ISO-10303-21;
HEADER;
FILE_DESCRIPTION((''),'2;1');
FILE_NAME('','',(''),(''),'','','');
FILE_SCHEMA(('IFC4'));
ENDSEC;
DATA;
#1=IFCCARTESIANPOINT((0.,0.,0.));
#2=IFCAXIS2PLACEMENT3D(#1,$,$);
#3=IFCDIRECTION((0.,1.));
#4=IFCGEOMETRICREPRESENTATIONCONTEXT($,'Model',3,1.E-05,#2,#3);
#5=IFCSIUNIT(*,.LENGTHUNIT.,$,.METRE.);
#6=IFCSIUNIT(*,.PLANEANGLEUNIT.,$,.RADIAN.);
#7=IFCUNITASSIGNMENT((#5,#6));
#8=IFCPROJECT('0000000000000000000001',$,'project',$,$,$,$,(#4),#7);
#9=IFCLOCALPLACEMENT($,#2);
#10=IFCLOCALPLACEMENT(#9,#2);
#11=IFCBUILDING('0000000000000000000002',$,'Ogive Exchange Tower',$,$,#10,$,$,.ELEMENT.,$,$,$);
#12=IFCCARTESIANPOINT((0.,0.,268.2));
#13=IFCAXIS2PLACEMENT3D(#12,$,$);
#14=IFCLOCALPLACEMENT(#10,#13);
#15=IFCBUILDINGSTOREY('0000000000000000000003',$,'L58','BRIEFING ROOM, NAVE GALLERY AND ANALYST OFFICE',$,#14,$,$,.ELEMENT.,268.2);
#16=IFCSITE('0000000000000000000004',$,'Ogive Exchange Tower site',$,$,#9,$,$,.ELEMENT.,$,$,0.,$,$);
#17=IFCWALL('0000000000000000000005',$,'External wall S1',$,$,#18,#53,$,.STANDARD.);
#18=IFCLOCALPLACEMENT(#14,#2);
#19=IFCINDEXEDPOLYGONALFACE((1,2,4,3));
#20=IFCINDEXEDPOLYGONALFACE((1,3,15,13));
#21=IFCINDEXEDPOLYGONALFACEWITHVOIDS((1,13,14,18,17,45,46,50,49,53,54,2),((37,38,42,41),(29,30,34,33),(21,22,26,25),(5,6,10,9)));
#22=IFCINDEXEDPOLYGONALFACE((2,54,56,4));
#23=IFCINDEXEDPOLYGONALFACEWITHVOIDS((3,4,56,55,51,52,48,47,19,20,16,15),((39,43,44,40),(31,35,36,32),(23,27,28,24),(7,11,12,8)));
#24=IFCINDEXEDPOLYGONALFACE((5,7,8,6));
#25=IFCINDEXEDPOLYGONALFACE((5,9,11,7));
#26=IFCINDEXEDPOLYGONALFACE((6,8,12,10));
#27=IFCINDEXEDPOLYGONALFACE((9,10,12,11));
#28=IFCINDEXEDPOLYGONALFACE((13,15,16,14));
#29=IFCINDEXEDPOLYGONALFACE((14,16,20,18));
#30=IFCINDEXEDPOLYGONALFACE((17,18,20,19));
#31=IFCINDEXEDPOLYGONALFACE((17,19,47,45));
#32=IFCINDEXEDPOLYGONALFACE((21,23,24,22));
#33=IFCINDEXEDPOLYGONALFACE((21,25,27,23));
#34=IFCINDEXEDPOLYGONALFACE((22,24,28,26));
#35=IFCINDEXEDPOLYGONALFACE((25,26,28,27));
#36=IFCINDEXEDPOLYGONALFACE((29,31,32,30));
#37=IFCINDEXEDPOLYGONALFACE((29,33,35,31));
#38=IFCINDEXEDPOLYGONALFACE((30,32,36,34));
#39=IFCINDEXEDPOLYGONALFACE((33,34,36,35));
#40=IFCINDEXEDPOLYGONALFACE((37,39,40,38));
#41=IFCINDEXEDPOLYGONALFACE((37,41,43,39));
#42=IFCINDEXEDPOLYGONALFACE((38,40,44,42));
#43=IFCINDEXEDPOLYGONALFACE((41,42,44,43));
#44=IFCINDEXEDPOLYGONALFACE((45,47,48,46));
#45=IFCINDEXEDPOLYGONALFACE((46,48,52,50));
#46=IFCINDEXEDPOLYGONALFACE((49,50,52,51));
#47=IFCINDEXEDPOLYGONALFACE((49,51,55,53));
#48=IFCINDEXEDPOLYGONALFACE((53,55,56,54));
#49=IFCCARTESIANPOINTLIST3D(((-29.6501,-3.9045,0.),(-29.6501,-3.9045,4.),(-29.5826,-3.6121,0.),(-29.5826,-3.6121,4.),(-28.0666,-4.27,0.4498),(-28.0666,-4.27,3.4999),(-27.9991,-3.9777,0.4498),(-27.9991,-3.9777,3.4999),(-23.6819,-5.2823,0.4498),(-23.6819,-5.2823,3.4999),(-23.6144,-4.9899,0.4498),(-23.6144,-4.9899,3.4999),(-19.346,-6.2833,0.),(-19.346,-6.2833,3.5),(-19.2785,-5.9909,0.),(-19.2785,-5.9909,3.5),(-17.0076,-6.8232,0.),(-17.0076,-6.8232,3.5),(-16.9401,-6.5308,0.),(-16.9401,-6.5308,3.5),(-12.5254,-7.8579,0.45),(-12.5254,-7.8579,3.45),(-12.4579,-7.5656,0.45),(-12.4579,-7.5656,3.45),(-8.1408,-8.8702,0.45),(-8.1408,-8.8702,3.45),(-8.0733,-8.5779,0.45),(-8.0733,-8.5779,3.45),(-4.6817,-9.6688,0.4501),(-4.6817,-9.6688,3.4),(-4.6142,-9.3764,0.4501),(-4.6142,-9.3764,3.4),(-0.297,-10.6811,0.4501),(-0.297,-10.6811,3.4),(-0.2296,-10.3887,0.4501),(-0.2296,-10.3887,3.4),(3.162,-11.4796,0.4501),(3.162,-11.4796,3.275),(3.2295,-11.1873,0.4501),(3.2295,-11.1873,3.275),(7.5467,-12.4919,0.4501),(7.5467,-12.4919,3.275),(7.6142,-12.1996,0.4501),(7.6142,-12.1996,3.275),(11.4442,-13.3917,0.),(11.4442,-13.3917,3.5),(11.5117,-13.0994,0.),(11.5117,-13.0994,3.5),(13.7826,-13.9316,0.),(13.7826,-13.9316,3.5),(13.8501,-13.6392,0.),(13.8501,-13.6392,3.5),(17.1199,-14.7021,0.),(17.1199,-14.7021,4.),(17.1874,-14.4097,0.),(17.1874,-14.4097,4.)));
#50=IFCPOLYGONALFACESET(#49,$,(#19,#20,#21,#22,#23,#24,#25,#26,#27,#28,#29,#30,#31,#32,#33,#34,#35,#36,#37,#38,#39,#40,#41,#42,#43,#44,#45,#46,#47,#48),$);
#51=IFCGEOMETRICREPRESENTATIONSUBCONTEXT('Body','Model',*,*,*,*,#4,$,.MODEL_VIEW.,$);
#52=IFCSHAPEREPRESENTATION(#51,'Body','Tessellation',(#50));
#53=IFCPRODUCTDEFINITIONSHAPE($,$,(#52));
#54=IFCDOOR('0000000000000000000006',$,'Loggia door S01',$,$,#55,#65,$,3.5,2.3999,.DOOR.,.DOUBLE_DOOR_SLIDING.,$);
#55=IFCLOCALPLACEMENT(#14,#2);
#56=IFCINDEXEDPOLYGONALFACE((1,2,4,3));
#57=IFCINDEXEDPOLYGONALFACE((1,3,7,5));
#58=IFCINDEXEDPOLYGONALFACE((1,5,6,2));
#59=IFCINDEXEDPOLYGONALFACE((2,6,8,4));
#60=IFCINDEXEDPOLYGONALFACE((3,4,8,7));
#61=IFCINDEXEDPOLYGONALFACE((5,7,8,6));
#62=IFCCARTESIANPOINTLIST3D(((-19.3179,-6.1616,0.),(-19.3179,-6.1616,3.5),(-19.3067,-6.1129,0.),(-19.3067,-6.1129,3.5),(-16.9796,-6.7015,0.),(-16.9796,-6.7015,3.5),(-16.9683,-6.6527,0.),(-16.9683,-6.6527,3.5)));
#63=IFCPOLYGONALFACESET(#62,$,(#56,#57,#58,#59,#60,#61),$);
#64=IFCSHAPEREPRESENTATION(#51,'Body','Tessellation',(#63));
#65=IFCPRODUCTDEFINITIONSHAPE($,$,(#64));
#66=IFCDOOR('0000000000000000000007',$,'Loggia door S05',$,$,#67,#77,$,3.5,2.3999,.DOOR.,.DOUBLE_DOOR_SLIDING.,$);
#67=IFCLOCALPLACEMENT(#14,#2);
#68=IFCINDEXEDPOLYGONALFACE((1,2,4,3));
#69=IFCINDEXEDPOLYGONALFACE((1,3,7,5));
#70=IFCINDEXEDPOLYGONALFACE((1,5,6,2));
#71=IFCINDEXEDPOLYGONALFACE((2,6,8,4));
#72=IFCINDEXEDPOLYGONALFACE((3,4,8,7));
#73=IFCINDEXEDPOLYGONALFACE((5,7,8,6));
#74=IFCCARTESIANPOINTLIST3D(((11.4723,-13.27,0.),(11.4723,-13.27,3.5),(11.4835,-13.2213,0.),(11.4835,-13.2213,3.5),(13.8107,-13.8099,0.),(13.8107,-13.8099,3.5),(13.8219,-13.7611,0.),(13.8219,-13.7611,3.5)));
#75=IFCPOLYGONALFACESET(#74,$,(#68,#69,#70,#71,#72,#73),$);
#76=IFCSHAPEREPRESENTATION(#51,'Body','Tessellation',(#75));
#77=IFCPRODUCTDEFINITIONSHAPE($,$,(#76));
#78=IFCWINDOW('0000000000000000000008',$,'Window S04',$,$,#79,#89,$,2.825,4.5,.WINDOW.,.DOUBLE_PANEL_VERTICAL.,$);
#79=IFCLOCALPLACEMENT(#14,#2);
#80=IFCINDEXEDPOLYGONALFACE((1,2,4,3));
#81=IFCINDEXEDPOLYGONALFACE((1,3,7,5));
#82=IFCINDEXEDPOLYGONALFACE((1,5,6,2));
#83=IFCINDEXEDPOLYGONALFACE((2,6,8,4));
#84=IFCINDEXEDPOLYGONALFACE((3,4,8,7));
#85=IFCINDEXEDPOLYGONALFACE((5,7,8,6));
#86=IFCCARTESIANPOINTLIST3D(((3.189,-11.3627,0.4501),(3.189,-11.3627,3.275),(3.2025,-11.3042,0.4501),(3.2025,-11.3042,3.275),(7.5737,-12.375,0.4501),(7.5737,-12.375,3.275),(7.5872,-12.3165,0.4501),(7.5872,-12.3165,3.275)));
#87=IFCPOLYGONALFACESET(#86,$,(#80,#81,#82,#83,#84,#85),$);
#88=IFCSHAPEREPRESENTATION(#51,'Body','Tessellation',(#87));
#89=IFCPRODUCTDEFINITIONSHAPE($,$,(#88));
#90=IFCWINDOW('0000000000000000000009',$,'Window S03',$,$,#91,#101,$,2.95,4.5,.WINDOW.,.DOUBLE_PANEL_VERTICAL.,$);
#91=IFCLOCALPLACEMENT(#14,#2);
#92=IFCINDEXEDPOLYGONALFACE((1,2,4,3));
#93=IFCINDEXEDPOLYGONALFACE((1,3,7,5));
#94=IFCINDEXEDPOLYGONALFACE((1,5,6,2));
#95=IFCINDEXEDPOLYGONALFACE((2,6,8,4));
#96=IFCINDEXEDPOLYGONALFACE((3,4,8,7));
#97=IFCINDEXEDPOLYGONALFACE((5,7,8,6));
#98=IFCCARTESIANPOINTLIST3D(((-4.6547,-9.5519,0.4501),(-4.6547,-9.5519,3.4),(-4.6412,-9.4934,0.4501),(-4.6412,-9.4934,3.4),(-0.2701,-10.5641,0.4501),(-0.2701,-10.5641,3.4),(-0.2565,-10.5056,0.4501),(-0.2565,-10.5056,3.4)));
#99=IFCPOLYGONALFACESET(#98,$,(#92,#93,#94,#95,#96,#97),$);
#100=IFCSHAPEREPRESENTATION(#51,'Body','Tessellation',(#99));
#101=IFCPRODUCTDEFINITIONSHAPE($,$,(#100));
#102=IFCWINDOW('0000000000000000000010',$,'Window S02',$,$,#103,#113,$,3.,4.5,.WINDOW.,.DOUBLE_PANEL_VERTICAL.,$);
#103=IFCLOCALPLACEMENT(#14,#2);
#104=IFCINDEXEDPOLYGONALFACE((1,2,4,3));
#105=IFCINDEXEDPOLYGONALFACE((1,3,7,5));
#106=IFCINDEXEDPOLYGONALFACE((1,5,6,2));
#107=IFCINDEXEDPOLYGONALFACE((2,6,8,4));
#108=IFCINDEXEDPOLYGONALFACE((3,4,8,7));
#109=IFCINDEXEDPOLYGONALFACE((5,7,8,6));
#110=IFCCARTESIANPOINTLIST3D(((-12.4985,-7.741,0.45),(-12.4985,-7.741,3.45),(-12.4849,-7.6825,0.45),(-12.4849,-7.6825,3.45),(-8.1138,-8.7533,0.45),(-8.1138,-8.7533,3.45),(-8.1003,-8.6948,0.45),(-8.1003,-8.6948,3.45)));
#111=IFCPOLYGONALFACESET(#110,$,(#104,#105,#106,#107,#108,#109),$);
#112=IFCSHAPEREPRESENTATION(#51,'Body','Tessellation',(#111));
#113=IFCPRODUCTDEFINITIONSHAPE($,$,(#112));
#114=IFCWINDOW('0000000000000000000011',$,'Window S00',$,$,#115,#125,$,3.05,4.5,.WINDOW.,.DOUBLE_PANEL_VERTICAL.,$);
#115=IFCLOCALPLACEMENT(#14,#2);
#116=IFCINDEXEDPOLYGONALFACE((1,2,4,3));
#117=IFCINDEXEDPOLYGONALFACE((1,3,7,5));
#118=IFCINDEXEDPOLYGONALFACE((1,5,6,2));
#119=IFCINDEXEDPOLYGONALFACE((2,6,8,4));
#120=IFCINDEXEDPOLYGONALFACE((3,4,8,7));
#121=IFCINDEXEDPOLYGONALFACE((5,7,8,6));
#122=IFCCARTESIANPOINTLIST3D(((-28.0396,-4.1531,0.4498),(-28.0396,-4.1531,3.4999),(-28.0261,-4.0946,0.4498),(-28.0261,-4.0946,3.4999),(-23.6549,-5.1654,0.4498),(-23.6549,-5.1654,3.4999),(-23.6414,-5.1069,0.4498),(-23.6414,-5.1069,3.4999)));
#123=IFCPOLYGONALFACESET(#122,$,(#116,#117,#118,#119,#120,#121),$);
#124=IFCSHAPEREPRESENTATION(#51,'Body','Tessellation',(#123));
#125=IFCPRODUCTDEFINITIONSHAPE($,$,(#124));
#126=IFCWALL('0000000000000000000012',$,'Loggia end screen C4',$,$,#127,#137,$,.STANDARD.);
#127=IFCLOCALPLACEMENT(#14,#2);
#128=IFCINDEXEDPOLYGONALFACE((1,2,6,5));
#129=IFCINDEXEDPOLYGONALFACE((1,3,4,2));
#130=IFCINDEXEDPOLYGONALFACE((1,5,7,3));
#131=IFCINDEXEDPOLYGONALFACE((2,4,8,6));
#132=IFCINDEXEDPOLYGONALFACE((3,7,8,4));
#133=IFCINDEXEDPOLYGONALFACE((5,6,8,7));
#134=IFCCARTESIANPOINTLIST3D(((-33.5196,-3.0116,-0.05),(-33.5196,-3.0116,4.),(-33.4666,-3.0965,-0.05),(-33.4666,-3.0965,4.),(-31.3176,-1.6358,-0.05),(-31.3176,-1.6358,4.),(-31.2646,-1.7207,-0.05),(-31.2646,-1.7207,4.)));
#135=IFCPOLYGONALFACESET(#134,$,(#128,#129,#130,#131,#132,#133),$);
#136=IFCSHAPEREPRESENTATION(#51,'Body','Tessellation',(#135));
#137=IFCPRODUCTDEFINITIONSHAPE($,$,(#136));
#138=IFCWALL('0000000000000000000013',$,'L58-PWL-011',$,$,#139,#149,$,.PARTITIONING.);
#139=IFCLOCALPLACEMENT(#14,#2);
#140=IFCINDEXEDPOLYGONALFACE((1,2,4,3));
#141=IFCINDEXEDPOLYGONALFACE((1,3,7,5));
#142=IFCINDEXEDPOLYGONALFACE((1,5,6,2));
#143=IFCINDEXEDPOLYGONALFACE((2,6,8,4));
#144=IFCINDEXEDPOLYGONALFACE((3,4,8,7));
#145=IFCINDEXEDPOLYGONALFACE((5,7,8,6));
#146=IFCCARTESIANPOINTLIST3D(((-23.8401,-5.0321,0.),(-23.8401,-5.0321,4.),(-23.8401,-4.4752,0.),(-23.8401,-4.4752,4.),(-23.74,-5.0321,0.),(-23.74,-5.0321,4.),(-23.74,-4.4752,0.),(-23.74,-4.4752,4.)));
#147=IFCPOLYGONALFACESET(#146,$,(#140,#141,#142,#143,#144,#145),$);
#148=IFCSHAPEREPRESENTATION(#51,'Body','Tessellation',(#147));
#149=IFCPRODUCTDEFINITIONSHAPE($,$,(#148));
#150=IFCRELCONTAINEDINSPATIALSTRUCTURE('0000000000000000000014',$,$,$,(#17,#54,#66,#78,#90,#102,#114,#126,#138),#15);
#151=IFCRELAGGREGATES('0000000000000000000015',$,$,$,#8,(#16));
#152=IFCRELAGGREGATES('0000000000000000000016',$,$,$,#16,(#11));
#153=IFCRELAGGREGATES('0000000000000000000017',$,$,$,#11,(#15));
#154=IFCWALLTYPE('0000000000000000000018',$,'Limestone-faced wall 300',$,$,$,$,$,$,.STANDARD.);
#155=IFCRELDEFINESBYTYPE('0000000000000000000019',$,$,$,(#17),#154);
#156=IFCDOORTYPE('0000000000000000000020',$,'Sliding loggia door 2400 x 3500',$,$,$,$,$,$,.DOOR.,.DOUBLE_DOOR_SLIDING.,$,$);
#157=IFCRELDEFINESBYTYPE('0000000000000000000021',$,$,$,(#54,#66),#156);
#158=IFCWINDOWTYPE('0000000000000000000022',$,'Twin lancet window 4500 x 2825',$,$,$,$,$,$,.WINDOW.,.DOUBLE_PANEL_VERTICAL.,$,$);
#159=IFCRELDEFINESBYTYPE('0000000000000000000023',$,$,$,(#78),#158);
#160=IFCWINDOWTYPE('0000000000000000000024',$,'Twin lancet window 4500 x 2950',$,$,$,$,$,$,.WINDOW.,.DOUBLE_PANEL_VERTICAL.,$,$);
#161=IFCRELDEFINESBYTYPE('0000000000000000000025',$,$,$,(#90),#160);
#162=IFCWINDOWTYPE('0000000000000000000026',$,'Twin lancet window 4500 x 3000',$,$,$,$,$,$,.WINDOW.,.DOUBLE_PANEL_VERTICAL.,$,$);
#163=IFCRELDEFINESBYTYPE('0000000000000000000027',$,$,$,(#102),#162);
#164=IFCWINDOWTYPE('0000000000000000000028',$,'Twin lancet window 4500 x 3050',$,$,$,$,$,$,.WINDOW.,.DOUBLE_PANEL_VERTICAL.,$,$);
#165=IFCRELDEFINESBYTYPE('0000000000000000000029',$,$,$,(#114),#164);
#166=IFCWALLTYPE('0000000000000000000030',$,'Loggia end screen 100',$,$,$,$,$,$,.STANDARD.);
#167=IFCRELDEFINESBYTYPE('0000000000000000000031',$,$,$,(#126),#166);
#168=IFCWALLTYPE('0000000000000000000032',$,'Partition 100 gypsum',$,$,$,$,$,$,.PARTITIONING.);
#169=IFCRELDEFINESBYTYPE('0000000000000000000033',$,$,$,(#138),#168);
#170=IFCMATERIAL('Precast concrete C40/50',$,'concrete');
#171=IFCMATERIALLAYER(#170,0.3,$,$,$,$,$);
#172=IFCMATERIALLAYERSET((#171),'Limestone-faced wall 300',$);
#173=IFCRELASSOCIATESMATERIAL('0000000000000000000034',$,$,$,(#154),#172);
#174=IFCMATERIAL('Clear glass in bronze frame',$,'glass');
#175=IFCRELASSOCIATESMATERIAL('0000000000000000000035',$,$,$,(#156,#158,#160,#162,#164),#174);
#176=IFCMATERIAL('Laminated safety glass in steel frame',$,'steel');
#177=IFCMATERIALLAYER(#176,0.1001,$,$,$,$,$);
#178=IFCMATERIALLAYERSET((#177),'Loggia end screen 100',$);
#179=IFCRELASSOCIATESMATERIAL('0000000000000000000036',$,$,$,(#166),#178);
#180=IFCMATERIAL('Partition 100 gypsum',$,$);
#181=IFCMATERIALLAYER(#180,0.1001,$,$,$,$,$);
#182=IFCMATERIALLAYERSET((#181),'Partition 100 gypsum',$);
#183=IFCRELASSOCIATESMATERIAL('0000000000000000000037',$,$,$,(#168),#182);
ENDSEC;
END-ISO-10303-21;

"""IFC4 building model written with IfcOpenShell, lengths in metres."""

from ifc_helpers import new_model, si_unit, direction, frame, frame_2d, origin, place, context, subcontext, project, spatial, rectangle, extrude, material, layer, layer_set, type_object, element, fill, save


model = new_model("IFC4")

# Units and contexts
model_context = context("Model", 3, precision=1e-05, world=origin(), true_north=direction((0.0, 1.0)))
body_context = subcontext(model_context, "Body", "Model", "MODEL_VIEW")
ifc_project = project(units=[si_unit("LENGTHUNIT", "METRE"), si_unit("PLANEANGLEUNIT", "RADIAN")], contexts=[model_context])

# Site, building, storey
site_placement = place(None, origin())
site = spatial("IfcSite", under=ifc_project, at=site_placement, Name="Ogive Exchange Tower site", CompositionType="ELEMENT", RefElevation=0.0)
building_placement = place(site_placement, origin())
building = spatial("IfcBuilding", under=site, at=building_placement, Name="Ogive Exchange Tower", CompositionType="ELEMENT")
storey_placement = place(building_placement, frame((0.0, 0.0, 268.2)))
storey = spatial("IfcBuildingStorey", under=building, at=storey_placement, Name="L58", Description="BRIEFING ROOM, NAVE GALLERY AND ANALYST OFFICE", CompositionType="ELEMENT", Elevation=268.2)

# Wall, openings, doors, windows
ifc_material_1 = material(Name="Precast concrete C40/50", Category="concrete")
ifc_layer_1 = layer(ifc_material_1, 0.3)
ifc_layer_set_1 = layer_set([ifc_layer_1], Name="Limestone-faced wall 300")
wall_type_1 = type_object("IfcWallType", Name="Limestone-faced wall 300", PredefinedType="STANDARD", material=ifc_layer_set_1)
wall_1_placement = place(storey_placement, frame((-29.6162, -3.7583, 0.0), z_axis=(0.0, 0.0, 1.0), x_axis=(0.974371, -0.224949, 0.0)))
wall_1 = element("IfcWall", 1, at=wall_1_placement, inside=storey, type_object=wall_type_1, Name="External wall S1", PredefinedType="STANDARD", context=body_context, shape_type="SweptSolid", body=[
    extrude(rectangle(XDim=48.0002, YDim=0.3, at=frame_2d((24.0, 0.0))), origin(), (0.0, 0.0, 1.0), 4.0),
])
opening_1_placement = place(wall_1_placement, frame((1.625, 0.0, 0.45)))
opening_1 = element("IfcOpeningElement", 2, at=opening_1_placement, cuts=wall_1, PredefinedType="OPENING", context=body_context, shape_type="SweptSolid", body=[
    extrude(rectangle(XDim=4.5, YDim=3.05, at=frame_2d((2.25, 1.5249))), frame((0.0, 0.1599, 0.0), z_axis=(0.0, -1.0, 0.0), x_axis=(1.0, 0.0, 0.0)), (0.0, 0.0, 1.0), 0.3201),
])
opening_2_placement = place(wall_1_placement, frame((10.575, 0.0, 0.0)))
opening_2 = element("IfcOpeningElement", 3, at=opening_2_placement, cuts=wall_1, PredefinedType="OPENING", context=body_context, shape_type="SweptSolid", body=[
    extrude(rectangle(XDim=2.3999, YDim=3.5, at=frame_2d((1.2, 1.75))), frame((0.0, 0.1599, 0.0), z_axis=(0.0, -1.0, 0.0), x_axis=(1.0, 0.0, 0.0)), (0.0, 0.0, 1.0), 0.3201),
])
opening_3_placement = place(wall_1_placement, frame((17.575, 0.0, 0.45)))
opening_3 = element("IfcOpeningElement", 4, at=opening_3_placement, cuts=wall_1, PredefinedType="OPENING", context=body_context, shape_type="SweptSolid", body=[
    extrude(rectangle(XDim=4.5, YDim=3.0, at=frame_2d((2.25, 1.5))), frame((0.0, 0.1599, 0.0), z_axis=(0.0, -1.0, 0.0), x_axis=(1.0, 0.0, 0.0)), (0.0, 0.0, 1.0), 0.3201),
])
opening_4_placement = place(wall_1_placement, frame((25.625, 0.0, 0.45)))
opening_4 = element("IfcOpeningElement", 5, at=opening_4_placement, cuts=wall_1, PredefinedType="OPENING", context=body_context, shape_type="SweptSolid", body=[
    extrude(rectangle(XDim=4.5, YDim=2.95, at=frame_2d((2.25, 1.4751))), frame((0.0, 0.1599, 0.0), z_axis=(0.0, -1.0, 0.0), x_axis=(1.0, 0.0, 0.0)), (0.0, 0.0, 1.0), 0.3201),
])
opening_5_placement = place(wall_1_placement, frame((33.675, 0.0, 0.45)))
opening_5 = element("IfcOpeningElement", 6, at=opening_5_placement, cuts=wall_1, PredefinedType="OPENING", context=body_context, shape_type="SweptSolid", body=[
    extrude(rectangle(XDim=4.5, YDim=2.825, at=frame_2d((2.25, 1.4126))), frame((0.0, 0.1599, 0.0), z_axis=(0.0, -1.0, 0.0), x_axis=(1.0, 0.0, 0.0)), (0.0, 0.0, 1.0), 0.3201),
])
opening_6_placement = place(wall_1_placement, frame((42.175, 0.0, 0.0)))
opening_6 = element("IfcOpeningElement", 7, at=opening_6_placement, cuts=wall_1, PredefinedType="OPENING", context=body_context, shape_type="SweptSolid", body=[
    extrude(rectangle(XDim=2.3999, YDim=3.5, at=frame_2d((1.2, 1.75))), frame((0.0, 0.1599, 0.0), z_axis=(0.0, -1.0, 0.0), x_axis=(1.0, 0.0, 0.0)), (0.0, 0.0, 1.0), 0.3201),
])
ifc_material_2 = material(Name="Clear glass in bronze frame", Category="glass")
door_type_1 = type_object("IfcDoorType", Name="Sliding loggia door 2400 x 3500", OperationType="DOUBLE_DOOR_SLIDING", PredefinedType="DOOR", material=ifc_material_2)
door_1_placement = place(opening_2_placement, origin())
door_1 = element("IfcDoor", 8, at=door_1_placement, inside=storey, type_object=door_type_1, Name="Loggia door S01", OperationType="DOUBLE_DOOR_SLIDING", OverallHeight=3.5, OverallWidth=2.3999, PredefinedType="DOOR", context=body_context, shape_type="SweptSolid", body=[
    extrude(rectangle(XDim=2.3999, YDim=3.5, at=frame_2d((1.2, 1.75))), frame((0.0, 0.0249, 0.0), z_axis=(0.0, -1.0, 0.0), x_axis=(1.0, 0.0, 0.0)), (0.0, 0.0, 1.0), 0.05),
])
fill(opening_2, door_1)
door_2_placement = place(opening_6_placement, origin())
door_2 = element("IfcDoor", 9, at=door_2_placement, inside=storey, type_object=door_type_1, Name="Loggia door S05", OperationType="DOUBLE_DOOR_SLIDING", OverallHeight=3.5, OverallWidth=2.3999, PredefinedType="DOOR", context=body_context, shape_type="SweptSolid", body=[
    extrude(rectangle(XDim=2.3999, YDim=3.5, at=frame_2d((1.2, 1.75))), frame((0.0, 0.0249, 0.0), z_axis=(0.0, -1.0, 0.0), x_axis=(1.0, 0.0, 0.0)), (0.0, 0.0, 1.0), 0.05),
])
fill(opening_6, door_2)
window_type_1 = type_object("IfcWindowType", Name="Twin lancet window 4500 x 2825", PartitioningType="DOUBLE_PANEL_VERTICAL", PredefinedType="WINDOW", material=ifc_material_2)
window_1_placement = place(opening_5_placement, origin())
window_1 = element("IfcWindow", 10, at=window_1_placement, inside=storey, type_object=window_type_1, Name="Window S04", OverallHeight=2.825, OverallWidth=4.5, PartitioningType="DOUBLE_PANEL_VERTICAL", PredefinedType="WINDOW", context=body_context, shape_type="SweptSolid", body=[
    extrude(rectangle(XDim=4.5, YDim=2.825, at=frame_2d((2.25, 1.4126))), frame((0.0, 0.03, 0.0), z_axis=(0.0, -1.0, 0.0), x_axis=(1.0, 0.0, 0.0)), (0.0, 0.0, 1.0), 0.0601),
])
fill(opening_5, window_1)
window_type_2 = type_object("IfcWindowType", Name="Twin lancet window 4500 x 2950", PartitioningType="DOUBLE_PANEL_VERTICAL", PredefinedType="WINDOW", material=ifc_material_2)
window_2_placement = place(opening_4_placement, origin())
window_2 = element("IfcWindow", 11, at=window_2_placement, inside=storey, type_object=window_type_2, Name="Window S03", OverallHeight=2.95, OverallWidth=4.5, PartitioningType="DOUBLE_PANEL_VERTICAL", PredefinedType="WINDOW", context=body_context, shape_type="SweptSolid", body=[
    extrude(rectangle(XDim=4.5, YDim=2.95, at=frame_2d((2.25, 1.4751))), frame((0.0, 0.03, 0.0), z_axis=(0.0, -1.0, 0.0), x_axis=(1.0, 0.0, 0.0)), (0.0, 0.0, 1.0), 0.0601),
])
fill(opening_4, window_2)
window_type_3 = type_object("IfcWindowType", Name="Twin lancet window 4500 x 3000", PartitioningType="DOUBLE_PANEL_VERTICAL", PredefinedType="WINDOW", material=ifc_material_2)
window_3_placement = place(opening_3_placement, origin())
window_3 = element("IfcWindow", 12, at=window_3_placement, inside=storey, type_object=window_type_3, Name="Window S02", OverallHeight=3.0, OverallWidth=4.5, PartitioningType="DOUBLE_PANEL_VERTICAL", PredefinedType="WINDOW", context=body_context, shape_type="SweptSolid", body=[
    extrude(rectangle(XDim=4.5, YDim=3.0, at=frame_2d((2.25, 1.5))), frame((0.0, 0.03, 0.0), z_axis=(0.0, -1.0, 0.0), x_axis=(1.0, 0.0, 0.0)), (0.0, 0.0, 1.0), 0.0601),
])
fill(opening_3, window_3)
window_type_4 = type_object("IfcWindowType", Name="Twin lancet window 4500 x 3050", PartitioningType="DOUBLE_PANEL_VERTICAL", PredefinedType="WINDOW", material=ifc_material_2)
window_4_placement = place(opening_1_placement, origin())
window_4 = element("IfcWindow", 13, at=window_4_placement, inside=storey, type_object=window_type_4, Name="Window S00", OverallHeight=3.05, OverallWidth=4.5, PartitioningType="DOUBLE_PANEL_VERTICAL", PredefinedType="WINDOW", context=body_context, shape_type="SweptSolid", body=[
    extrude(rectangle(XDim=4.5, YDim=3.05, at=frame_2d((2.25, 1.5249))), frame((0.0, 0.03, 0.0), z_axis=(0.0, -1.0, 0.0), x_axis=(1.0, 0.0, 0.0)), (0.0, 0.0, 1.0), 0.0601),
])
fill(opening_1, window_4)

# Walls
ifc_material_3 = material(Name="Laminated safety glass in steel frame", Category="steel")
ifc_layer_2 = layer(ifc_material_3, 0.1001)
ifc_layer_set_2 = layer_set([ifc_layer_2], Name="Loggia end screen 100")
wall_type_2 = type_object("IfcWallType", Name="Loggia end screen 100", PredefinedType="STANDARD", material=ifc_layer_set_2)
wall_2_placement = place(storey_placement, frame((-31.291, -1.6782, -0.05), z_axis=(0.0, 0.0, 1.0), x_axis=(-0.848078, -0.529872, 0.0)))
element("IfcWall", 14, at=wall_2_placement, inside=storey, type_object=wall_type_2, Name="Loggia end screen C4", PredefinedType="STANDARD", context=body_context, shape_type="SweptSolid", body=[
    extrude(rectangle(XDim=2.5964, YDim=0.1001, at=frame_2d((1.2983, 0.0))), origin(), (0.0, 0.0, 1.0), 4.05),
])
ifc_material_4 = material(Name="Partition 100 gypsum")
ifc_layer_3 = layer(ifc_material_4, 0.1001)
ifc_layer_set_3 = layer_set([ifc_layer_3], Name="Partition 100 gypsum")
wall_type_3 = type_object("IfcWallType", Name="Partition 100 gypsum", PredefinedType="PARTITIONING", material=ifc_layer_set_3)
wall_3_placement = place(storey_placement, frame((-23.79, -5.032, 0.0), z_axis=(0.0, 0.0, 1.0), x_axis=(0.0, 1.0, 0.0)))
element("IfcWall", 15, at=wall_3_placement, inside=storey, type_object=wall_type_3, Name="L58-PWL-011", PredefinedType="PARTITIONING", context=body_context, shape_type="SweptSolid", body=[
    extrude(rectangle(XDim=0.5569, YDim=0.1001, at=frame_2d((0.2783, 0.0))), origin(), (0.0, 0.0, 1.0), 4.0),
])

save(model, "model.ifc")
